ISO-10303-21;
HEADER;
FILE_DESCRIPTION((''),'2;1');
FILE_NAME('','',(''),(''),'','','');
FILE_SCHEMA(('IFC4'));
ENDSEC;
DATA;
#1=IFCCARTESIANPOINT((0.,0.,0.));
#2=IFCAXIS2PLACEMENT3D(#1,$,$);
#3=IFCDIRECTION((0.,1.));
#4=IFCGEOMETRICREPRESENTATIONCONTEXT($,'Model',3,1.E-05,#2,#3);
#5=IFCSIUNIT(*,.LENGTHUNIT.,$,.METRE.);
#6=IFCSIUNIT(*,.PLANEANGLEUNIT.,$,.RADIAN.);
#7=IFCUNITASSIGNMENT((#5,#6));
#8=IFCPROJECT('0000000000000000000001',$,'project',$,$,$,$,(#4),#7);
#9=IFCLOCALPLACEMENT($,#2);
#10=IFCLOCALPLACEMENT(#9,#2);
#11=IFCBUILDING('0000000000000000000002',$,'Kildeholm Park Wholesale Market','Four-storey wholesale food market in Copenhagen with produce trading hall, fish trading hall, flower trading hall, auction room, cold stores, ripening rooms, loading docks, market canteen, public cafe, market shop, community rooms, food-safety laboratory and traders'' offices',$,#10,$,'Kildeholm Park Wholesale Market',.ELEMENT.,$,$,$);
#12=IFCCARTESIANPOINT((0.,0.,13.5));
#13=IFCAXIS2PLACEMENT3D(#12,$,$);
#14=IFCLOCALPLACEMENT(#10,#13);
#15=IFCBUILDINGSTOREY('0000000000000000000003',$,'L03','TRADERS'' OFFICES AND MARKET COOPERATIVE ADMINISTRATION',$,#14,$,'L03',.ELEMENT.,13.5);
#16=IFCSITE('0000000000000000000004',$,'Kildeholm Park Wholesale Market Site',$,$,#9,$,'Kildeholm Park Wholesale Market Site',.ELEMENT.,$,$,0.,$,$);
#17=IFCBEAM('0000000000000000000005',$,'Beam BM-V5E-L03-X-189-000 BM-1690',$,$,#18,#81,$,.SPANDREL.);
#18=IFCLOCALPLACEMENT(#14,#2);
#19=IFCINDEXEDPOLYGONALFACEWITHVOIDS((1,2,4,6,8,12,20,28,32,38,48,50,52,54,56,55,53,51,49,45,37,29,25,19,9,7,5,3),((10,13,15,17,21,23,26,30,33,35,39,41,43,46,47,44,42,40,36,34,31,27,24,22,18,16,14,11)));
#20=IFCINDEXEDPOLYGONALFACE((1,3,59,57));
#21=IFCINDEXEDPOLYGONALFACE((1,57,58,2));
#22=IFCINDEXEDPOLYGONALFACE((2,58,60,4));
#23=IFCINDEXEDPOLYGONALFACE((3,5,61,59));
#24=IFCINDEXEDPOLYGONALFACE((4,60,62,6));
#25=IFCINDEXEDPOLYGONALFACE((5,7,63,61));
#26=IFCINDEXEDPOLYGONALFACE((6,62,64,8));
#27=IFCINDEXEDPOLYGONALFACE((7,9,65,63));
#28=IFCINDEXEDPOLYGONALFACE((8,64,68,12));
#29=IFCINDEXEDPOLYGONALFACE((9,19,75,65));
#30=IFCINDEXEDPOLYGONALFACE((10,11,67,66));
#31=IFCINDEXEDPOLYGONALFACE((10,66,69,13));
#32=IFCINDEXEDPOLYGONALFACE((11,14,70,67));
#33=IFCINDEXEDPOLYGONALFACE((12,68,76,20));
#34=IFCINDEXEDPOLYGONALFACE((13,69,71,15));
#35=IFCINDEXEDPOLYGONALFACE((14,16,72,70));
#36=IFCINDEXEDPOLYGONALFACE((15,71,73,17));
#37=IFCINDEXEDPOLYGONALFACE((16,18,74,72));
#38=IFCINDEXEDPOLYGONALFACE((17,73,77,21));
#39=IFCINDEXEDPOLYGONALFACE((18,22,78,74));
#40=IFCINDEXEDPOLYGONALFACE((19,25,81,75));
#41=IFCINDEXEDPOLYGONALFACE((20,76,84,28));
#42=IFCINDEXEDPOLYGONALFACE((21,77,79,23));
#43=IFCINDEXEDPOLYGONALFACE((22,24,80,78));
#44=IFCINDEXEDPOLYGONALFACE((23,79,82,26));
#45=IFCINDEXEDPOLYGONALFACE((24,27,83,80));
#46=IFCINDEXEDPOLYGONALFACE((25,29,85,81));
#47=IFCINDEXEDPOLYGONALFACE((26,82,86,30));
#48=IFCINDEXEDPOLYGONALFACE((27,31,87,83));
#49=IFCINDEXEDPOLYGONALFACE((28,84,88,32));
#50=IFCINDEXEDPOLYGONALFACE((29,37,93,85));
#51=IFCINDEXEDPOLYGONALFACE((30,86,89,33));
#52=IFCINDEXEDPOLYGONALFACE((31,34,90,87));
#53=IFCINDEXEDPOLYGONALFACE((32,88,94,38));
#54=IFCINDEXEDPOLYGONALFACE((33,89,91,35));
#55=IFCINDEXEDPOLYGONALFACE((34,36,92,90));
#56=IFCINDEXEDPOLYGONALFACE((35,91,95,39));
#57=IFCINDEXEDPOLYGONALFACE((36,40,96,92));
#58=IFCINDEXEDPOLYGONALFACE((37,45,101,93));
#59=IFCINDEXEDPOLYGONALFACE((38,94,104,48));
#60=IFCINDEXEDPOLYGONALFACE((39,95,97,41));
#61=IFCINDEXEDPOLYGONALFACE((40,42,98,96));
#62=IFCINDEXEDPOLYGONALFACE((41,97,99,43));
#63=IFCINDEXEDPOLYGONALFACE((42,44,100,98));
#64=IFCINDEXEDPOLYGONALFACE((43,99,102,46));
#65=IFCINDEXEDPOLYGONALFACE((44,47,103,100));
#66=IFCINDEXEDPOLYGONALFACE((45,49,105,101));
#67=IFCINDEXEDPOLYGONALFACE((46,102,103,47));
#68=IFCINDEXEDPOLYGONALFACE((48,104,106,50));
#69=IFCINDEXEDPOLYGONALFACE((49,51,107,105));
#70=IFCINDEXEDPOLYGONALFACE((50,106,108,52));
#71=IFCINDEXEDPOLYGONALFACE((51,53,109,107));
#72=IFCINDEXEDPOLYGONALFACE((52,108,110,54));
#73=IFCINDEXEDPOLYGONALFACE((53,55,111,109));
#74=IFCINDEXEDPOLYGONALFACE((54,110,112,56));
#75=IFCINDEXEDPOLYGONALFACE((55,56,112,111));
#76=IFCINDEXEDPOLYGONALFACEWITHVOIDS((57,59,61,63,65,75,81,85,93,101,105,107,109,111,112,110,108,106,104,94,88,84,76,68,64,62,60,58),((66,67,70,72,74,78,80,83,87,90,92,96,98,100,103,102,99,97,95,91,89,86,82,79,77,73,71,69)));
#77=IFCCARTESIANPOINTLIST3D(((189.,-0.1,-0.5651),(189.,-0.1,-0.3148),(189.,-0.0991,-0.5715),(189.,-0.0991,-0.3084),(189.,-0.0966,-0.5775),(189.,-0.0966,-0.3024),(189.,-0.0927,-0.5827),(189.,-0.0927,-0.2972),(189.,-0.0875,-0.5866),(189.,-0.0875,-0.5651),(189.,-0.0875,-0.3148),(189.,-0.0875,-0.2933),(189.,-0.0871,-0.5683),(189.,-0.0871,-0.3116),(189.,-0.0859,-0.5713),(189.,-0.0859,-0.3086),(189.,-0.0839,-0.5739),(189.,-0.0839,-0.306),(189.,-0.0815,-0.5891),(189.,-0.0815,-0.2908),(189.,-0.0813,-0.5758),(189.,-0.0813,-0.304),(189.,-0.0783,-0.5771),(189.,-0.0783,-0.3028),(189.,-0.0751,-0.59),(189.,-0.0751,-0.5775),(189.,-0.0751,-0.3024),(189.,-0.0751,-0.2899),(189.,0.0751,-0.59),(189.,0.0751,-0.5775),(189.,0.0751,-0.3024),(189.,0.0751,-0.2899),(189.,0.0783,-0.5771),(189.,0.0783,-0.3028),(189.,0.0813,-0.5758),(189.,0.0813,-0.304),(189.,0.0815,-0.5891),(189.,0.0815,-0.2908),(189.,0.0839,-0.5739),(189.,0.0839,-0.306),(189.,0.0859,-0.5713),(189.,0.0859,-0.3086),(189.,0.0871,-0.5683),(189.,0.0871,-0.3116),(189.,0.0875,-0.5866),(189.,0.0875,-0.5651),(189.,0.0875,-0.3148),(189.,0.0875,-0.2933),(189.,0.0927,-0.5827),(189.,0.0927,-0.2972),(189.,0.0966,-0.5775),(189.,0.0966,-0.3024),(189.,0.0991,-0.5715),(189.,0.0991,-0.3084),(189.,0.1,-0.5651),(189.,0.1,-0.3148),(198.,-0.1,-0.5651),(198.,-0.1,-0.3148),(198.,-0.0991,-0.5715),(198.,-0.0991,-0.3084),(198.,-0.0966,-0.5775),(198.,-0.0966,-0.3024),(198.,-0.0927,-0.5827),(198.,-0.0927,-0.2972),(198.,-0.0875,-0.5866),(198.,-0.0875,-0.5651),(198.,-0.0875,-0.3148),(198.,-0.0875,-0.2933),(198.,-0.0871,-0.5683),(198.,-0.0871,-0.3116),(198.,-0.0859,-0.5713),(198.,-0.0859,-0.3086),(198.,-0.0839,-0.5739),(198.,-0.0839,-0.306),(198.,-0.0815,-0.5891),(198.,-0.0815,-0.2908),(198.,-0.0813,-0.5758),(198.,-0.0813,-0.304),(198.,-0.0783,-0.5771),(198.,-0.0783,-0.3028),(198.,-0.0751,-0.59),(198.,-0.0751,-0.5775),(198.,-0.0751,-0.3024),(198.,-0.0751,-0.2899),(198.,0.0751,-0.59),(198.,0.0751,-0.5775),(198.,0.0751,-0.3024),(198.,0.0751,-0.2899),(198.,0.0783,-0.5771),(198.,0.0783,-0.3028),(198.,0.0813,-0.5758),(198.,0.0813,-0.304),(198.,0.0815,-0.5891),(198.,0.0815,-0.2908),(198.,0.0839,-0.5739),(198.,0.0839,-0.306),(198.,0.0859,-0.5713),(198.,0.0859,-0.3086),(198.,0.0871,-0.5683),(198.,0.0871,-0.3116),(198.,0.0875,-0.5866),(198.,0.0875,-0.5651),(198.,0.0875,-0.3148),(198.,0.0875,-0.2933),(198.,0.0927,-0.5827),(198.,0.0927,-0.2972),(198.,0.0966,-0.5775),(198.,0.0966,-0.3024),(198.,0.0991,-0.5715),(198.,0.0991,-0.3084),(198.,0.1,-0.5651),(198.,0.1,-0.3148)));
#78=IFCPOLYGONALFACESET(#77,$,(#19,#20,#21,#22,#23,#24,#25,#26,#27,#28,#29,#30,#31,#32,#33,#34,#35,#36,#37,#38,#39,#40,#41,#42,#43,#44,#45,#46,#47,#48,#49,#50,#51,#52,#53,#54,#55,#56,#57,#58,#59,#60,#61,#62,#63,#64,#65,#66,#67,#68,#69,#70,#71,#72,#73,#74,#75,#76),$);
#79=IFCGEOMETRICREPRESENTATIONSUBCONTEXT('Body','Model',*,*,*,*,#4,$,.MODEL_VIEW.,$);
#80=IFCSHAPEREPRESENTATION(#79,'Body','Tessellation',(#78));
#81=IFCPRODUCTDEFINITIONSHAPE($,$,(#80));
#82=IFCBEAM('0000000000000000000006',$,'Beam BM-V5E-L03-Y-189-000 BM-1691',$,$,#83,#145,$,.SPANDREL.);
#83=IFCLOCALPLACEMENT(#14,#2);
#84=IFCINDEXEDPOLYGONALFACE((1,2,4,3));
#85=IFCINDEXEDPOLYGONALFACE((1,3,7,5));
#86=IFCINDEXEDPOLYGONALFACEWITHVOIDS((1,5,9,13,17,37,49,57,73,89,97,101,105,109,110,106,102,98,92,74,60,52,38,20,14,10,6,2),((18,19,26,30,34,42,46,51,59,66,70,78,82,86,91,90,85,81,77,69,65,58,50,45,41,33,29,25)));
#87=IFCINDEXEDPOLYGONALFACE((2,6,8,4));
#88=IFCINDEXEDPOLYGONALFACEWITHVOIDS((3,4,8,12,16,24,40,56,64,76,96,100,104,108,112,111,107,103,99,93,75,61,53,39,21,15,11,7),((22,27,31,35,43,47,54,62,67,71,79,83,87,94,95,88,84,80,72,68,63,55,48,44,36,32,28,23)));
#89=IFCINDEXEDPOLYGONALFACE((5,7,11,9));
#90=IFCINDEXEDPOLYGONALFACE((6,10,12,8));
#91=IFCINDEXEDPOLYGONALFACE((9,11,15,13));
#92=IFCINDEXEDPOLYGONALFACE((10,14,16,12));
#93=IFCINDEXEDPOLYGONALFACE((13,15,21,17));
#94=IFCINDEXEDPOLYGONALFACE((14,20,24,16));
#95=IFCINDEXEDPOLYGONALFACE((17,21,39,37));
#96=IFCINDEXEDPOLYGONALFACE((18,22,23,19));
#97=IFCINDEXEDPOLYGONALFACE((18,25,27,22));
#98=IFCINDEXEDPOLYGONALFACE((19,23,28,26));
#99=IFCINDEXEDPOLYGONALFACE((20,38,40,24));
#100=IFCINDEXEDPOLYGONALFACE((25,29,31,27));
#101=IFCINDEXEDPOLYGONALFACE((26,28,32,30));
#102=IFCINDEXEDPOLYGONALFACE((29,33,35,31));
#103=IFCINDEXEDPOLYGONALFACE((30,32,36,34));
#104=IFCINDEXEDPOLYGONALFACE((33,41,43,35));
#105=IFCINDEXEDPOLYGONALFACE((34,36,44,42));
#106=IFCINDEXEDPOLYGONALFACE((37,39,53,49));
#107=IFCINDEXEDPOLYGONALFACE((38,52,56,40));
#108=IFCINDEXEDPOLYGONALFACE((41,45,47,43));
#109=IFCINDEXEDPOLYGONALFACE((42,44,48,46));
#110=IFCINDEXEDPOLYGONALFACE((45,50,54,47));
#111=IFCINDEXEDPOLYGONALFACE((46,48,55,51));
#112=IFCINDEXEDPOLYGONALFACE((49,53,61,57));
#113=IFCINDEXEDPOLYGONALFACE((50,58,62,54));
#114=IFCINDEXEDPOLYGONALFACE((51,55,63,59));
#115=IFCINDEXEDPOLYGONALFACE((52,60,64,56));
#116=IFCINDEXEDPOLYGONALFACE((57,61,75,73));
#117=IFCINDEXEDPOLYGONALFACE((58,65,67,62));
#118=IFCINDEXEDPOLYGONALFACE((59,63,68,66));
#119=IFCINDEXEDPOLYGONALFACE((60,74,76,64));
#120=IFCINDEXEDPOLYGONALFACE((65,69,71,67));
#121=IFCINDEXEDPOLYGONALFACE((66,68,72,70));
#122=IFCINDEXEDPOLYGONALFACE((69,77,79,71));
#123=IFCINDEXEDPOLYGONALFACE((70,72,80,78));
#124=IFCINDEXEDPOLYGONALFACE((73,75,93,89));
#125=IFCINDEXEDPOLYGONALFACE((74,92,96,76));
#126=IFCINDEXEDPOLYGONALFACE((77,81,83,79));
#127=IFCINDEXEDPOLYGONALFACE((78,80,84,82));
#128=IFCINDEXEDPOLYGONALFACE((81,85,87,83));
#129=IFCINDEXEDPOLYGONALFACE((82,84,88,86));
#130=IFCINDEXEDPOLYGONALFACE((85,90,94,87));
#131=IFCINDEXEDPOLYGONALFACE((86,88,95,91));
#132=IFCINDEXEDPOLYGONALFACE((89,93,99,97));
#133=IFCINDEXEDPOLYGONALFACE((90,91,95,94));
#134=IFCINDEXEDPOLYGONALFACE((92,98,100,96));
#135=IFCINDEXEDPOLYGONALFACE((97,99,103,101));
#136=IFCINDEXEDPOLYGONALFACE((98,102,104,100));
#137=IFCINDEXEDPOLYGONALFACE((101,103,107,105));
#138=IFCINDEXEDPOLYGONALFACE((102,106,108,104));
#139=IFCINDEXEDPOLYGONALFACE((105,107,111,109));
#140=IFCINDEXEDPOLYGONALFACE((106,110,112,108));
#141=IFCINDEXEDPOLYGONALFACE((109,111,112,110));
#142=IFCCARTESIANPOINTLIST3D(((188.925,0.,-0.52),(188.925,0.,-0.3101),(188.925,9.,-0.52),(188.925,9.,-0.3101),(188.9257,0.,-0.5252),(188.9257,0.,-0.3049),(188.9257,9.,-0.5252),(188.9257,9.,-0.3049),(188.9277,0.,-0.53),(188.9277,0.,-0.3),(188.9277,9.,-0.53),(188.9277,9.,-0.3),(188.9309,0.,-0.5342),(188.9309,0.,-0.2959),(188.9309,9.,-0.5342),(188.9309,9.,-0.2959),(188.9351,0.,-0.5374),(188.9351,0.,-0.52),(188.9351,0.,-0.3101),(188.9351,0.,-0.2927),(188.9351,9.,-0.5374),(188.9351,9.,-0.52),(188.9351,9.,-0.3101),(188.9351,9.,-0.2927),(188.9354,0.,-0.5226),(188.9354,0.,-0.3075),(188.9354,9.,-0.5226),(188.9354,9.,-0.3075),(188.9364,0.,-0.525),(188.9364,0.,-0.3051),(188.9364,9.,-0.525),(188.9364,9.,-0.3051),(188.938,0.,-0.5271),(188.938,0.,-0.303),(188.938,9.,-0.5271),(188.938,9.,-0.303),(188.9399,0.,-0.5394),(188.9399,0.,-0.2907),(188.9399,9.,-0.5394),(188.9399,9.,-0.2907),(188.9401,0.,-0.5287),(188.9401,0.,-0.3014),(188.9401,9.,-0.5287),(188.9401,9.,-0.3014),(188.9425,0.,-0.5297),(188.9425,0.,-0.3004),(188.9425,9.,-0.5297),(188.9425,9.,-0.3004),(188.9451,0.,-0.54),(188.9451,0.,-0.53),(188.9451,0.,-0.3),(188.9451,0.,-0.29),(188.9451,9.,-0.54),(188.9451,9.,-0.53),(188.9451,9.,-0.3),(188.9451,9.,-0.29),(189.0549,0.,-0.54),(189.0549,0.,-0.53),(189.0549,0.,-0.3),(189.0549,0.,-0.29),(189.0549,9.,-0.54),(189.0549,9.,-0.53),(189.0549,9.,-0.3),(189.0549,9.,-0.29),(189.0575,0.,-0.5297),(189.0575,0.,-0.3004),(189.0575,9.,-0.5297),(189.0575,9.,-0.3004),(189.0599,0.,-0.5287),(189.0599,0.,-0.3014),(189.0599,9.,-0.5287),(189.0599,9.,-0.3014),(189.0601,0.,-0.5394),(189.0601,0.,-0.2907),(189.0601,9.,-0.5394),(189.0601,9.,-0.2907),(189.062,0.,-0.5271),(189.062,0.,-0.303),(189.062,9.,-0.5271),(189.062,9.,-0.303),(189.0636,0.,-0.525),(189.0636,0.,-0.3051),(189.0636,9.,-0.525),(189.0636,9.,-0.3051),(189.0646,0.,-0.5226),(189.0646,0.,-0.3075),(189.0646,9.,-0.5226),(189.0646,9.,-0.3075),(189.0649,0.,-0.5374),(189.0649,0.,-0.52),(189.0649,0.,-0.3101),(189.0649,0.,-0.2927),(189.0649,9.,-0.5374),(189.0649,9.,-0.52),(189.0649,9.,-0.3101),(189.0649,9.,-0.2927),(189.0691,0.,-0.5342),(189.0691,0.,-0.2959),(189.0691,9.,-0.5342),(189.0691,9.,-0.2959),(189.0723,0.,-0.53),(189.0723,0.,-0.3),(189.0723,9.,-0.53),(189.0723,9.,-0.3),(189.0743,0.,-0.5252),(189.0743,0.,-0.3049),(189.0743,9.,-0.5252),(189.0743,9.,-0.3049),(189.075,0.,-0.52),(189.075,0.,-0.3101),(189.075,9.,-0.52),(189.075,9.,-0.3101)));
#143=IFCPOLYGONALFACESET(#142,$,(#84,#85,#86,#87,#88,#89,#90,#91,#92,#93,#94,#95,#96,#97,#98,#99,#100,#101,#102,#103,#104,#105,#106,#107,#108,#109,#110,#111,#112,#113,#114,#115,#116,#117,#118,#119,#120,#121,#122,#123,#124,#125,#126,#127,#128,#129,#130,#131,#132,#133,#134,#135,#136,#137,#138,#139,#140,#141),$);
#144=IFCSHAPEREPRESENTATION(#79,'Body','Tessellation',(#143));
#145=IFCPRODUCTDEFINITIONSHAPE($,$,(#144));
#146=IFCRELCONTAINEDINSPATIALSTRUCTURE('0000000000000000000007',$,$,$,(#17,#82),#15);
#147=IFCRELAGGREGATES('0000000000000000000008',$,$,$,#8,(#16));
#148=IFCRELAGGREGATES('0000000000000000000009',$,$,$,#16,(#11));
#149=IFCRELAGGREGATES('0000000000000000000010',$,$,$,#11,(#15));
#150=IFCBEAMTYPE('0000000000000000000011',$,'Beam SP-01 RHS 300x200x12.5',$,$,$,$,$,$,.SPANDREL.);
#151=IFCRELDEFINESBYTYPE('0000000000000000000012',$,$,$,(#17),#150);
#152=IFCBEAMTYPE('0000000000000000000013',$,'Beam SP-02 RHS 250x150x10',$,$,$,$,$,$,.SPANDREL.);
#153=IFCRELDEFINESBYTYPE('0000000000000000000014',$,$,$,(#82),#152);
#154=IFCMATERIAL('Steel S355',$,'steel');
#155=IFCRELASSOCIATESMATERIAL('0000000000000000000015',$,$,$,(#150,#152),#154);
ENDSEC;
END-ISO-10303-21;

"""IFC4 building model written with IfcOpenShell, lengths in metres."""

from ifc_helpers import new_model, si_unit, direction, frame, origin, origin_2d, place, context, subcontext, project, spatial, hollow_rectangle, extrude, material, material_profile, profile_set, type_object, element, save


model = new_model("IFC4")

# Units and contexts
model_context = context("Model", 3, precision=1e-05, world=origin(), true_north=direction((0.0, 1.0)))
body_context = subcontext(model_context, "Body", "Model", "MODEL_VIEW")
ifc_project = project(units=[si_unit("LENGTHUNIT", "METRE"), si_unit("PLANEANGLEUNIT", "RADIAN")], contexts=[model_context])

# Site, building, storey
site_placement = place(None, origin())
site = spatial("IfcSite", under=ifc_project, at=site_placement, Name="Kildeholm Park Wholesale Market Site", LongName="Kildeholm Park Wholesale Market Site", CompositionType="ELEMENT", RefElevation=0.0)
building_placement = place(site_placement, origin())
building = spatial("IfcBuilding", under=site, at=building_placement, Name="Kildeholm Park Wholesale Market", Description="Four-storey wholesale food market in Copenhagen with produce trading hall, fish trading hall, flower trading hall, auction room, cold stores, ripening rooms, loading docks, market canteen, public cafe, market shop, community rooms, food-safety laboratory and traders' offices", LongName="Kildeholm Park Wholesale Market", CompositionType="ELEMENT")
storey_placement = place(building_placement, frame((0.0, 0.0, 13.5)))
storey = spatial("IfcBuildingStorey", under=building, at=storey_placement, Name="L03", Description="TRADERS' OFFICES AND MARKET COOPERATIVE ADMINISTRATION", LongName="L03", CompositionType="ELEMENT", Elevation=13.5)

# Shared definitions
ifc_material_1 = material(Name="Steel S355", Category="steel")

# Beams
ifc_material_profile_1 = material_profile(ifc_material_1, hollow_rectangle(XDim=0.2, YDim=0.3, WallThickness=0.0125, InnerFilletRadius=0.0125, OuterFilletRadius=0.0249, at=origin_2d()), Name="RHS 300x200x12.5")
ifc_profile_set_1 = profile_set([ifc_material_profile_1], Name="Steel S355")
beam_type_1 = type_object("IfcBeamType", Name="Beam SP-01 RHS 300x200x12.5", PredefinedType="SPANDREL", material=ifc_profile_set_1)
beam_1_placement = place(storey_placement, frame((189.0, 0.0, -0.4399), z_axis=(1.0, 0.0, 0.0), x_axis=(0.0, 1.0, 0.0)))
element("IfcBeam", 1, at=beam_1_placement, inside=storey, type_object=beam_type_1, Name="Beam BM-V5E-L03-X-189-000 BM-1690", PredefinedType="SPANDREL", context=body_context, shape_type="SweptSolid", body=[
    extrude(hollow_rectangle(XDim=0.2, YDim=0.3, WallThickness=0.0125, InnerFilletRadius=0.0125, OuterFilletRadius=0.0249, at=origin_2d()), origin(), (0.0, 0.0, 1.0), 9.0),
])
ifc_material_profile_2 = material_profile(ifc_material_1, hollow_rectangle(XDim=0.1499, YDim=0.25, WallThickness=0.01, InnerFilletRadius=0.01, OuterFilletRadius=0.02, at=origin_2d()), Name="RHS 250x150x10")
ifc_profile_set_2 = profile_set([ifc_material_profile_2], Name="Steel S355")
beam_type_2 = type_object("IfcBeamType", Name="Beam SP-02 RHS 250x150x10", PredefinedType="SPANDREL", material=ifc_profile_set_2)
for number, where, z_axis, x_axis, name in (
    (2, (189.0, 0.0, -0.415), (0.0, 1.0, 0.0), (-1.0, 0.0, 0.0), "Beam BM-V5E-L03-Y-189-000 BM-1691"),
):
    element("IfcBeam", number, at=place(storey_placement, frame(where, z_axis=z_axis, x_axis=x_axis)), inside=storey, type_object=beam_type_2, Name=name, PredefinedType="SPANDREL", context=body_context, shape_type="SweptSolid", body=[
        extrude(hollow_rectangle(XDim=0.1499, YDim=0.25, WallThickness=0.01, InnerFilletRadius=0.01, OuterFilletRadius=0.02, at=origin_2d()), origin(), (0.0, 0.0, 1.0), 9.0),
    ])

save(model, "model.ifc")
